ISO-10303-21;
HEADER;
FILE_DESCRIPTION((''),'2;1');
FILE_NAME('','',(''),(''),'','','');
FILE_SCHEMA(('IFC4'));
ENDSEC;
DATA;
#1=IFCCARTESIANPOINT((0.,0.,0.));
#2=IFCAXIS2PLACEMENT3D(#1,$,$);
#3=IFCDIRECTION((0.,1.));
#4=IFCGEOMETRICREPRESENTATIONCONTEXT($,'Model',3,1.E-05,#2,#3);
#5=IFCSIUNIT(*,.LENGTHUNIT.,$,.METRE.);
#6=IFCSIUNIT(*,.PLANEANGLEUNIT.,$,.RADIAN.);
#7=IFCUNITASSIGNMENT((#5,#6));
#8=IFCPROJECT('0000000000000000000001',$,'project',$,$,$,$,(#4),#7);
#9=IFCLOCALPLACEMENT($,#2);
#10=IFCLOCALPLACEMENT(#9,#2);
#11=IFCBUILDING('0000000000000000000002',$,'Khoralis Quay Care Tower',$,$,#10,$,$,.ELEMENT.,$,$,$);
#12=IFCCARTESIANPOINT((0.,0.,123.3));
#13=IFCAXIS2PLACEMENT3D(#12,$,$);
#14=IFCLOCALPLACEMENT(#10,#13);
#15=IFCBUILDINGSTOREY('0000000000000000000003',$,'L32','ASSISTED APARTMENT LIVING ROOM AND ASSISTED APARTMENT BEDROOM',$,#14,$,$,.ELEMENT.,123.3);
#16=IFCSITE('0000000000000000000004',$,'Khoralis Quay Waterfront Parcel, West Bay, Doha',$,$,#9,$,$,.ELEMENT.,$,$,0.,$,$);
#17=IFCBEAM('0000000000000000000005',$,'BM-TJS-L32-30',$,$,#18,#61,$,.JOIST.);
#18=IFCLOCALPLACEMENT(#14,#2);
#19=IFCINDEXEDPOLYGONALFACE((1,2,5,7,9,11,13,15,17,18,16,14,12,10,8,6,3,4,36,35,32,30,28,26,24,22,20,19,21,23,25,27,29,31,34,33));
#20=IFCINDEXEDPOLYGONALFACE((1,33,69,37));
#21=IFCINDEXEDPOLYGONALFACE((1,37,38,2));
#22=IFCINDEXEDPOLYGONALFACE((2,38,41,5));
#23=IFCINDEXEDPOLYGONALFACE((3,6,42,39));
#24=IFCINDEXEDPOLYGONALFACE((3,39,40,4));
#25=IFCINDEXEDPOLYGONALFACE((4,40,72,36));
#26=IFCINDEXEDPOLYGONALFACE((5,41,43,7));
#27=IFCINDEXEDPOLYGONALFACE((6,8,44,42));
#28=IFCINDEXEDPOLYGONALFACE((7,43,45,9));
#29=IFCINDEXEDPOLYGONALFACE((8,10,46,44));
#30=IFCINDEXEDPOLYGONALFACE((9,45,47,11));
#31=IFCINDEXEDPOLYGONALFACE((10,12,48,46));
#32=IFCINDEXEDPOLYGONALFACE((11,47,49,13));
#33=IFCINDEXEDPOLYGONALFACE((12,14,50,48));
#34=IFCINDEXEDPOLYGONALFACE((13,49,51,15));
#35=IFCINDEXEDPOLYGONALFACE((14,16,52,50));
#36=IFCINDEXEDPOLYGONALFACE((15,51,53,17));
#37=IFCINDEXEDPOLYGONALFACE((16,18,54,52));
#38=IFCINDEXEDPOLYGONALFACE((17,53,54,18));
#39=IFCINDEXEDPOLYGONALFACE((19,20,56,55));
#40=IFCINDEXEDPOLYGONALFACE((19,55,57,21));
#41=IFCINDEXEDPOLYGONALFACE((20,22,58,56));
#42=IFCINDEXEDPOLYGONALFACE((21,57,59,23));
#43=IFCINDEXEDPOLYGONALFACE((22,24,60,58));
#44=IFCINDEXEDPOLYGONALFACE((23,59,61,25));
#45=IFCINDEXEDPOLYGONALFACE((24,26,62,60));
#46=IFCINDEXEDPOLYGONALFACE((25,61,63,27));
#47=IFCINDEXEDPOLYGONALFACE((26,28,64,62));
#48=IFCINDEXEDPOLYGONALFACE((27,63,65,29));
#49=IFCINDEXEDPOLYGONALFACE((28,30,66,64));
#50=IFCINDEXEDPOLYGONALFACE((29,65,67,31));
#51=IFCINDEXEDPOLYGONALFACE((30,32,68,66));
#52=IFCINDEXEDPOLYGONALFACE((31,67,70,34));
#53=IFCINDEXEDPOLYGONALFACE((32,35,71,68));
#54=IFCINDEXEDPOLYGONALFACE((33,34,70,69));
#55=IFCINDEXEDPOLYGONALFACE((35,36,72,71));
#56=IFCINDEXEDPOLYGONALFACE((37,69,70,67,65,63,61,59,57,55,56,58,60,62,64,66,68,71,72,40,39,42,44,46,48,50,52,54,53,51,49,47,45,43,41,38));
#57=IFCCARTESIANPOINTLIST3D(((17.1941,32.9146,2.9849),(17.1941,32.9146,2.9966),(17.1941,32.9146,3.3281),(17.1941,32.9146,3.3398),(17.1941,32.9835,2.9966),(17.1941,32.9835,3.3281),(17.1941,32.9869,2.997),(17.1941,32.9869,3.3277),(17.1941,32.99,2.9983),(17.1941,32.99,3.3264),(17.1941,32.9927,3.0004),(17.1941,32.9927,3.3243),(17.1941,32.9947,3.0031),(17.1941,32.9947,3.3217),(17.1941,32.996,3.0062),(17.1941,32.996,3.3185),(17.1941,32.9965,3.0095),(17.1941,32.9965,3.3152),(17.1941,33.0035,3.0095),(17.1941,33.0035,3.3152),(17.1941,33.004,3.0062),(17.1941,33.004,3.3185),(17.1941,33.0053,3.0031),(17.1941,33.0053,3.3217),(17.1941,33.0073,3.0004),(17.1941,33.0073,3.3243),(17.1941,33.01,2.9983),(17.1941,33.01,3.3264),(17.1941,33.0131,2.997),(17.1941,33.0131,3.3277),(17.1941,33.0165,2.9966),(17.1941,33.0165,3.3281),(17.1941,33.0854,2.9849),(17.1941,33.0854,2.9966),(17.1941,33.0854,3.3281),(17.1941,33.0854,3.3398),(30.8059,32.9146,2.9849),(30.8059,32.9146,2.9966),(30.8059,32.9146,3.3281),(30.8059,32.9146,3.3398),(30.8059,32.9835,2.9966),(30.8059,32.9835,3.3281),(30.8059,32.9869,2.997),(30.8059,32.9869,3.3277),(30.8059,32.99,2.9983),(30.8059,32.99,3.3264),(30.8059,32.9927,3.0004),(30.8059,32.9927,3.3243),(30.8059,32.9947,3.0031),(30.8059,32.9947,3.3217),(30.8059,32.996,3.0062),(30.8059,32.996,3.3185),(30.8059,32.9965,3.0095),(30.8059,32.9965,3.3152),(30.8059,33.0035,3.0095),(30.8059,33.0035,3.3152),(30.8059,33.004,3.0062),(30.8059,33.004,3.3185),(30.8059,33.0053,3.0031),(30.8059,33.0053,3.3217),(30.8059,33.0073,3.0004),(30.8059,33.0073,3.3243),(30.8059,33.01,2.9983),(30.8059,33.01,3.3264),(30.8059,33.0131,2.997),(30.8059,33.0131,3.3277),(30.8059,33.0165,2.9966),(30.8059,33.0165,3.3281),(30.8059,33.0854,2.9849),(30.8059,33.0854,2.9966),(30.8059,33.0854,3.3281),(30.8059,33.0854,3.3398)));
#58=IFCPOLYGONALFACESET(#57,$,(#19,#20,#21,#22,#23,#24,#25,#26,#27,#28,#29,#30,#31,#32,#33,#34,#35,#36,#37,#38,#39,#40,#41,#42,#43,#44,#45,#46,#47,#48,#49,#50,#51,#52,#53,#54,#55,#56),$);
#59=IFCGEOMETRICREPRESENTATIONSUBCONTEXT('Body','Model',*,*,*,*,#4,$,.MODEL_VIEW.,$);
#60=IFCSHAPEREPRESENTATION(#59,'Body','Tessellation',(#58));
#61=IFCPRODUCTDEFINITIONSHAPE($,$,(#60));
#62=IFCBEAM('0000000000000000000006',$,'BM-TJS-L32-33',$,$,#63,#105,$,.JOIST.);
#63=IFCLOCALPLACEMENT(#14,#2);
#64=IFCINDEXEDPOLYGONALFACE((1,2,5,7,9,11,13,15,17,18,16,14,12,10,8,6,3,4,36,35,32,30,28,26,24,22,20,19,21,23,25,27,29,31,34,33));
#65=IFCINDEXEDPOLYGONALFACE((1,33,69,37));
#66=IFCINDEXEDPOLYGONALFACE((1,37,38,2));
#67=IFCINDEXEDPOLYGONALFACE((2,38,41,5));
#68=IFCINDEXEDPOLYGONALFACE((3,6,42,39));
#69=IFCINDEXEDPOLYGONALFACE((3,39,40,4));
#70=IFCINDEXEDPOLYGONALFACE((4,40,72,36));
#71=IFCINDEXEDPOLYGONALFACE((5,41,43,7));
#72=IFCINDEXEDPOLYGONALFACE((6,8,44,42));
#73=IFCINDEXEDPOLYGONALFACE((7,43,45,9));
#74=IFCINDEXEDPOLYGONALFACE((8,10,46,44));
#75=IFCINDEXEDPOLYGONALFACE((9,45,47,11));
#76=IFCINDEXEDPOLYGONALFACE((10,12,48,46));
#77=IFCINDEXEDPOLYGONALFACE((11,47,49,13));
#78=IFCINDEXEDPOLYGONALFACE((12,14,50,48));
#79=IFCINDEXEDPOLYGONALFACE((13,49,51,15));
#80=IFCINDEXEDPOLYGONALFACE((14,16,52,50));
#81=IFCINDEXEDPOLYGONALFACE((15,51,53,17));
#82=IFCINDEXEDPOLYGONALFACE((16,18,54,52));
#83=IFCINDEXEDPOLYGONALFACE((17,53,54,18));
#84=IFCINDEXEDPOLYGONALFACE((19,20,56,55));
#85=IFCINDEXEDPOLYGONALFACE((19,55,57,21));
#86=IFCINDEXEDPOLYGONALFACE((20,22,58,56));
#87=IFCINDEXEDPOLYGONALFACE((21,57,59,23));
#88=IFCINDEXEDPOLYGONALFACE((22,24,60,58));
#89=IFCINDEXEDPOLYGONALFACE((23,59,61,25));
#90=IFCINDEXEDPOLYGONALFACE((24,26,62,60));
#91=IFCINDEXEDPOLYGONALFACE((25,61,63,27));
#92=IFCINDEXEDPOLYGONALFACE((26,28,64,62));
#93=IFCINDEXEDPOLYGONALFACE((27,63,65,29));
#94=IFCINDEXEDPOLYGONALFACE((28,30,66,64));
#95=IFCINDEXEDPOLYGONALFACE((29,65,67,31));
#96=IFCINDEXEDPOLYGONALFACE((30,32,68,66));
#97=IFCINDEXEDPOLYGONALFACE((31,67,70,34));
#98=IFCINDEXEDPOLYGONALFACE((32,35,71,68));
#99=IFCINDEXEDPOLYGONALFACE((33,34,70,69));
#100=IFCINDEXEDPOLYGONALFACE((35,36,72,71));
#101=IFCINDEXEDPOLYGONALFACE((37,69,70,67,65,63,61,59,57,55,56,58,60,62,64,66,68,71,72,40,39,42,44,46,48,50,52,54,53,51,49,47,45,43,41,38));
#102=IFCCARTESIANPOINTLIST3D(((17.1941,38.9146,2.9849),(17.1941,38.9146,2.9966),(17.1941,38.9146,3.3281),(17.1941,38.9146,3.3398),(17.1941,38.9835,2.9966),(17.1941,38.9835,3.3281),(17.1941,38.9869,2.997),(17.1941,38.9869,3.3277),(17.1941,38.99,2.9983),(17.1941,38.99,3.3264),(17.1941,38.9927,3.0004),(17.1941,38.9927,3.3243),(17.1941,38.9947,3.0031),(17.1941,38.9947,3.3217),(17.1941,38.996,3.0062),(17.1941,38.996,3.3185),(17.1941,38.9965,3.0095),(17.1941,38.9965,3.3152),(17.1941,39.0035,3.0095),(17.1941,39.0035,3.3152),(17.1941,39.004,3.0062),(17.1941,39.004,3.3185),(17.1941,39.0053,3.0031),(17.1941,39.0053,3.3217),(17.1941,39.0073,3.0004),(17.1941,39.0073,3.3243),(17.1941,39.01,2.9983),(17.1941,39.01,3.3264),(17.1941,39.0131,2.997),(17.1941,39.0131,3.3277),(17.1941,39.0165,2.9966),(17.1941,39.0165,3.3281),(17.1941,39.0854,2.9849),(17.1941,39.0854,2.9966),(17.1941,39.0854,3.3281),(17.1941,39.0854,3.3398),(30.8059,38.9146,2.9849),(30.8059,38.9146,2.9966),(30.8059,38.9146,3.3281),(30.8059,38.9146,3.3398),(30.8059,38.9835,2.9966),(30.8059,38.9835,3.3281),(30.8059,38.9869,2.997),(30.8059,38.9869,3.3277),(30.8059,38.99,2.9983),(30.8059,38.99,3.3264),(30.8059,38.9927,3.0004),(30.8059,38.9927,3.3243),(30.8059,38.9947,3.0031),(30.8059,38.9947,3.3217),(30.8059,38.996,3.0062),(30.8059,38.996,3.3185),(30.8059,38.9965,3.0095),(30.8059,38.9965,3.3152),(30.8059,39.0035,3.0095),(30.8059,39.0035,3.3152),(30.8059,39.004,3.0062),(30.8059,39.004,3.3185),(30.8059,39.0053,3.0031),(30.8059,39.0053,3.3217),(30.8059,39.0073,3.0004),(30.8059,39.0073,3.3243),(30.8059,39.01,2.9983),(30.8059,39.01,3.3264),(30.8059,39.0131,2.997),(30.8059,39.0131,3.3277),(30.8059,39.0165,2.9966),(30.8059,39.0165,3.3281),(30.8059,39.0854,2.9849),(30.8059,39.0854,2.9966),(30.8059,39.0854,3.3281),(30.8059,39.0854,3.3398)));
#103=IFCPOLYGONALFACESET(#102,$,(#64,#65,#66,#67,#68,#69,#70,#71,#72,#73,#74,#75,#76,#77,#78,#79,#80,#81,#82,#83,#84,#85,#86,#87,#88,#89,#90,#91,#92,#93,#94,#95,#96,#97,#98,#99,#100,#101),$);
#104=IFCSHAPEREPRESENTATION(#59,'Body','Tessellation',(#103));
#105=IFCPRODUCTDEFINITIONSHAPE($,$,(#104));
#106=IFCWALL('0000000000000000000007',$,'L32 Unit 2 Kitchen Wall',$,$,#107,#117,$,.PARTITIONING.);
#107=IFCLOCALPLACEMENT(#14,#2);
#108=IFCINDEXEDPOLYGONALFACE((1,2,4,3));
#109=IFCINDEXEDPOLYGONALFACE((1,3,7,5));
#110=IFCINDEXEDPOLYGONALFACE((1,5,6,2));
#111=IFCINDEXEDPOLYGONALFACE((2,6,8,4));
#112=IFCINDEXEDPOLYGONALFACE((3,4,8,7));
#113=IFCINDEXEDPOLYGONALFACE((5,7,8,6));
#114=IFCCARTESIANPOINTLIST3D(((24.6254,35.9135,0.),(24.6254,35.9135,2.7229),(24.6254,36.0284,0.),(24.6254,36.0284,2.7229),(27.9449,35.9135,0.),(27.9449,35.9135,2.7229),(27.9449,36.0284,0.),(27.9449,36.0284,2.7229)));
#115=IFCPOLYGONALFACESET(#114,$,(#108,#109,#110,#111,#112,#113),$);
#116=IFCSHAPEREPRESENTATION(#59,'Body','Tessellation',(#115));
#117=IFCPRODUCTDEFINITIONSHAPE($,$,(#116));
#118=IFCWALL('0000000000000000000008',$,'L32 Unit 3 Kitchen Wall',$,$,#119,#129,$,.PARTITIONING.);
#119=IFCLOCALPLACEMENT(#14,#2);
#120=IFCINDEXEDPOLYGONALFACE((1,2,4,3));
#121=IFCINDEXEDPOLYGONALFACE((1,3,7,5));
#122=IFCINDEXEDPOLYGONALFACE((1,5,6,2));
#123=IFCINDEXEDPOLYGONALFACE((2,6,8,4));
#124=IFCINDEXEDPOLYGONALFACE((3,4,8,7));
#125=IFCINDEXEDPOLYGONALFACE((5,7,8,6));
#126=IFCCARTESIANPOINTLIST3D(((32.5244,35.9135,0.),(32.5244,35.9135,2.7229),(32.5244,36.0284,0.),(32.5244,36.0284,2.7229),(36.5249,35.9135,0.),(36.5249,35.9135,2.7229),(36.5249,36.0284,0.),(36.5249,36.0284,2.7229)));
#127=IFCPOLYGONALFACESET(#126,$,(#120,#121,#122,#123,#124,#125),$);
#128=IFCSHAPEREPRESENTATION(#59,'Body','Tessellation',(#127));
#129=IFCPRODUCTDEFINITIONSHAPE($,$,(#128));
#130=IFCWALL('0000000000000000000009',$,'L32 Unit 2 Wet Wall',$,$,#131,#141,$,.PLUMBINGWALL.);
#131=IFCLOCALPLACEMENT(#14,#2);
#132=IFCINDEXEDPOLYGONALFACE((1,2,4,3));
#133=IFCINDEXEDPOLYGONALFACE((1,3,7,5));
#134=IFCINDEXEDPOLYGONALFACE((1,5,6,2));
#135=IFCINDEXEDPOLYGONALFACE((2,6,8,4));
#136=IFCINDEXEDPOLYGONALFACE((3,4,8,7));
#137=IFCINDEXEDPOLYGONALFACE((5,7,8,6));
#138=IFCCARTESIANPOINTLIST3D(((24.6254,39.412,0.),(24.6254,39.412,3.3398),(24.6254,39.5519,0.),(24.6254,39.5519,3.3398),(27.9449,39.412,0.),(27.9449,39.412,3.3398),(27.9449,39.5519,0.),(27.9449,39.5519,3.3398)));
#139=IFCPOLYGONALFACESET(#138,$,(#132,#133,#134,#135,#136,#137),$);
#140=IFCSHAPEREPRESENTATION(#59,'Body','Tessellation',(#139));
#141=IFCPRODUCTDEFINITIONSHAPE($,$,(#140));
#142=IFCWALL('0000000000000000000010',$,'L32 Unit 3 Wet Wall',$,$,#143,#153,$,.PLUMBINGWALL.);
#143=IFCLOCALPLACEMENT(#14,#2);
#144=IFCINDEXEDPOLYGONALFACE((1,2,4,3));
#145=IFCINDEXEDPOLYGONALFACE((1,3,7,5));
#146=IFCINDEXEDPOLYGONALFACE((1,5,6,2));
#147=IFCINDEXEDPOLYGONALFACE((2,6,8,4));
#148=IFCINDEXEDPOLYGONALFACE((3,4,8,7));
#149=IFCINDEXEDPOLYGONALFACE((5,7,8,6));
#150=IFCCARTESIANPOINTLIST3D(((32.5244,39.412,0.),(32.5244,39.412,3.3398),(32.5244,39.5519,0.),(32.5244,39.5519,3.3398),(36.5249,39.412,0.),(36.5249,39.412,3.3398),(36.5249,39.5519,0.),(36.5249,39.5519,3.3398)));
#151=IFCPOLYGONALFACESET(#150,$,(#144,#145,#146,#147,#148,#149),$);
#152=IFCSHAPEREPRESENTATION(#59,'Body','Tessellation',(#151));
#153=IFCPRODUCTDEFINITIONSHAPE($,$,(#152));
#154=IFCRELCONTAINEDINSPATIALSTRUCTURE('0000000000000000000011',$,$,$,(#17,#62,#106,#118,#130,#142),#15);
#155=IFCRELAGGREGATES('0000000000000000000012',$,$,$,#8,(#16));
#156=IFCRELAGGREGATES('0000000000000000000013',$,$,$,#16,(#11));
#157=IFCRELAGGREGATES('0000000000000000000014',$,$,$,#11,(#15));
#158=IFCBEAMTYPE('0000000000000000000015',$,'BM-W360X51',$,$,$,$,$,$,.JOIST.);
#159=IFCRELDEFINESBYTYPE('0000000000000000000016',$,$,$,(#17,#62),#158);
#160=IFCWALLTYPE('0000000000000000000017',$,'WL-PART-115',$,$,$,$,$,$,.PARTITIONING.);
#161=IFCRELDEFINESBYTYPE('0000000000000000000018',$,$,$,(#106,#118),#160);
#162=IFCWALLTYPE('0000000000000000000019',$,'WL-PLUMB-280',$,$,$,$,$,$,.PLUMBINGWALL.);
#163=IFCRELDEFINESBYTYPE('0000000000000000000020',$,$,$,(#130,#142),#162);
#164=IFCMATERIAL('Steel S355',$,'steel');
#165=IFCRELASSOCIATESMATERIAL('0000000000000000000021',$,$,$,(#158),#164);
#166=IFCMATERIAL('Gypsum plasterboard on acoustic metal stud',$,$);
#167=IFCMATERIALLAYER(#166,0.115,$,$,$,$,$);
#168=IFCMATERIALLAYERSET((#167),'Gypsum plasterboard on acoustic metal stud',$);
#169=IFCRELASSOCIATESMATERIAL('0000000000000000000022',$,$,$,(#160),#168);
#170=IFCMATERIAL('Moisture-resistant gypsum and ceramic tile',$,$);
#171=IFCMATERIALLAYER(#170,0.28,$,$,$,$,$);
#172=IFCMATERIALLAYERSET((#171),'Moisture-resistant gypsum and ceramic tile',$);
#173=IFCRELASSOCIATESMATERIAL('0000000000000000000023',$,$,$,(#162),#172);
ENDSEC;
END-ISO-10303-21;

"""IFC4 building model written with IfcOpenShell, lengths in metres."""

from ifc_helpers import new_model, si_unit, direction, frame, frame_2d, origin, origin_2d, place, context, subcontext, project, spatial, rectangle, i_section, extrude, source, transform, mapped, material, layer, layer_set, material_profile, profile_set, type_object, element, save


model = new_model("IFC4")

# Units and contexts
model_context = context("Model", 3, precision=1e-05, world=origin(), true_north=direction((0.0, 1.0)))
body_context = subcontext(model_context, "Body", "Model", "MODEL_VIEW")
ifc_project = project(units=[si_unit("LENGTHUNIT", "METRE"), si_unit("PLANEANGLEUNIT", "RADIAN")], contexts=[model_context])

# Site, building, storey
site_placement = place(None, origin())
site = spatial("IfcSite", under=ifc_project, at=site_placement, Name="Khoralis Quay Waterfront Parcel, West Bay, Doha", CompositionType="ELEMENT", RefElevation=0.0)
building_placement = place(site_placement, origin())
building = spatial("IfcBuilding", under=site, at=building_placement, Name="Khoralis Quay Care Tower", CompositionType="ELEMENT")
storey_placement = place(building_placement, frame((0.0, 0.0, 123.3)))
storey = spatial("IfcBuildingStorey", under=building, at=storey_placement, Name="L32", Description="ASSISTED APARTMENT LIVING ROOM AND ASSISTED APARTMENT BEDROOM", CompositionType="ELEMENT", Elevation=123.3)

# Beams
ifc_material_1 = material(Name="Steel S355", Category="steel")
ifc_material_profile_1 = material_profile(ifc_material_1, i_section(OverallWidth=0.1709, OverallDepth=0.355, WebThickness=0.0071, FlangeThickness=0.0117, FilletRadius=0.0129, at=origin_2d()), Name="Steel S355")
ifc_profile_set_1 = profile_set([ifc_material_profile_1], Name="Steel S355")
beam_type_1 = type_object("IfcBeamType", Name="BM-W360X51", PredefinedType="JOIST", material=ifc_profile_set_1)
shared_shape_1 = source(origin(), body_context, "Body", "SweptSolid", [
    extrude(i_section(OverallWidth=0.1709, OverallDepth=0.355, WebThickness=0.0071, FlangeThickness=0.0117, FilletRadius=0.0129, at=origin_2d()), origin(), (0.0, 0.0, 1.0), 13.6118),
])
for number, where, z_axis, x_axis, name in (
    (1, (17.1941, 33.0, 3.1624), (1.0, 0.0, 0.0), (0.0, 1.0, 0.0), "BM-TJS-L32-30"),
    (2, (17.1941, 39.0, 3.1624), (1.0, 0.0, 0.0), (0.0, 1.0, 0.0), "BM-TJS-L32-33"),
):
    element("IfcBeam", number, at=place(storey_placement, frame(where, z_axis=z_axis, x_axis=x_axis)), inside=storey, type_object=beam_type_1, Name=name, PredefinedType="JOIST", context=body_context, shape_type="MappedRepresentation", body=[
        mapped(shared_shape_1, transform((0.0, 0.0, 0.0), scale=1.0)),
    ])

# Walls
ifc_material_2 = material(Name="Gypsum plasterboard on acoustic metal stud")
ifc_layer_1 = layer(ifc_material_2, 0.115)
ifc_layer_set_1 = layer_set([ifc_layer_1], Name="Gypsum plasterboard on acoustic metal stud")
wall_type_1 = type_object("IfcWallType", Name="WL-PART-115", PredefinedType="PARTITIONING", material=ifc_layer_set_1)
wall_1_placement = place(storey_placement, frame((24.6255, 35.9709, 0.0), z_axis=(0.0, 0.0, 1.0), x_axis=(1.0, 0.0, 0.0)))
element("IfcWall", 3, at=wall_1_placement, inside=storey, type_object=wall_type_1, Name="L32 Unit 2 Kitchen Wall", PredefinedType="PARTITIONING", context=body_context, shape_type="SweptSolid", body=[
    extrude(rectangle(XDim=3.3196, YDim=0.115, at=frame_2d((1.6597, 0.0))), origin(), (0.0, 0.0, 1.0), 2.7229),
])
wall_2_placement = place(storey_placement, frame((32.5244, 35.9709, 0.0), z_axis=(0.0, 0.0, 1.0), x_axis=(1.0, 0.0, 0.0)))
element("IfcWall", 4, at=wall_2_placement, inside=storey, type_object=wall_type_1, Name="L32 Unit 3 Kitchen Wall", PredefinedType="PARTITIONING", context=body_context, shape_type="SweptSolid", body=[
    extrude(rectangle(XDim=4.0005, YDim=0.115, at=frame_2d((2.0002, 0.0))), origin(), (0.0, 0.0, 1.0), 2.7229),
])
ifc_material_3 = material(Name="Moisture-resistant gypsum and ceramic tile")
ifc_layer_2 = layer(ifc_material_3, 0.28)
ifc_layer_set_2 = layer_set([ifc_layer_2], Name="Moisture-resistant gypsum and ceramic tile")
wall_type_2 = type_object("IfcWallType", Name="WL-PLUMB-280", PredefinedType="PLUMBINGWALL", material=ifc_layer_set_2)
wall_3_placement = place(storey_placement, frame((24.6255, 39.4819, 0.0), z_axis=(0.0, 0.0, 1.0), x_axis=(1.0, 0.0, 0.0)))
element("IfcWall", 5, at=wall_3_placement, inside=storey, type_object=wall_type_2, Name="L32 Unit 2 Wet Wall", PredefinedType="PLUMBINGWALL", context=body_context, shape_type="SweptSolid", body=[
    extrude(rectangle(XDim=3.3196, YDim=0.1399, at=frame_2d((1.6597, 0.0))), origin(), (0.0, 0.0, 1.0), 3.3398),
])
wall_4_placement = place(storey_placement, frame((32.5244, 39.4819, 0.0), z_axis=(0.0, 0.0, 1.0), x_axis=(1.0, 0.0, 0.0)))
element("IfcWall", 6, at=wall_4_placement, inside=storey, type_object=wall_type_2, Name="L32 Unit 3 Wet Wall", PredefinedType="PLUMBINGWALL", context=body_context, shape_type="SweptSolid", body=[
    extrude(rectangle(XDim=4.0005, YDim=0.1399, at=frame_2d((2.0002, 0.0))), origin(), (0.0, 0.0, 1.0), 3.3398),
])

save(model, "model.ifc")
